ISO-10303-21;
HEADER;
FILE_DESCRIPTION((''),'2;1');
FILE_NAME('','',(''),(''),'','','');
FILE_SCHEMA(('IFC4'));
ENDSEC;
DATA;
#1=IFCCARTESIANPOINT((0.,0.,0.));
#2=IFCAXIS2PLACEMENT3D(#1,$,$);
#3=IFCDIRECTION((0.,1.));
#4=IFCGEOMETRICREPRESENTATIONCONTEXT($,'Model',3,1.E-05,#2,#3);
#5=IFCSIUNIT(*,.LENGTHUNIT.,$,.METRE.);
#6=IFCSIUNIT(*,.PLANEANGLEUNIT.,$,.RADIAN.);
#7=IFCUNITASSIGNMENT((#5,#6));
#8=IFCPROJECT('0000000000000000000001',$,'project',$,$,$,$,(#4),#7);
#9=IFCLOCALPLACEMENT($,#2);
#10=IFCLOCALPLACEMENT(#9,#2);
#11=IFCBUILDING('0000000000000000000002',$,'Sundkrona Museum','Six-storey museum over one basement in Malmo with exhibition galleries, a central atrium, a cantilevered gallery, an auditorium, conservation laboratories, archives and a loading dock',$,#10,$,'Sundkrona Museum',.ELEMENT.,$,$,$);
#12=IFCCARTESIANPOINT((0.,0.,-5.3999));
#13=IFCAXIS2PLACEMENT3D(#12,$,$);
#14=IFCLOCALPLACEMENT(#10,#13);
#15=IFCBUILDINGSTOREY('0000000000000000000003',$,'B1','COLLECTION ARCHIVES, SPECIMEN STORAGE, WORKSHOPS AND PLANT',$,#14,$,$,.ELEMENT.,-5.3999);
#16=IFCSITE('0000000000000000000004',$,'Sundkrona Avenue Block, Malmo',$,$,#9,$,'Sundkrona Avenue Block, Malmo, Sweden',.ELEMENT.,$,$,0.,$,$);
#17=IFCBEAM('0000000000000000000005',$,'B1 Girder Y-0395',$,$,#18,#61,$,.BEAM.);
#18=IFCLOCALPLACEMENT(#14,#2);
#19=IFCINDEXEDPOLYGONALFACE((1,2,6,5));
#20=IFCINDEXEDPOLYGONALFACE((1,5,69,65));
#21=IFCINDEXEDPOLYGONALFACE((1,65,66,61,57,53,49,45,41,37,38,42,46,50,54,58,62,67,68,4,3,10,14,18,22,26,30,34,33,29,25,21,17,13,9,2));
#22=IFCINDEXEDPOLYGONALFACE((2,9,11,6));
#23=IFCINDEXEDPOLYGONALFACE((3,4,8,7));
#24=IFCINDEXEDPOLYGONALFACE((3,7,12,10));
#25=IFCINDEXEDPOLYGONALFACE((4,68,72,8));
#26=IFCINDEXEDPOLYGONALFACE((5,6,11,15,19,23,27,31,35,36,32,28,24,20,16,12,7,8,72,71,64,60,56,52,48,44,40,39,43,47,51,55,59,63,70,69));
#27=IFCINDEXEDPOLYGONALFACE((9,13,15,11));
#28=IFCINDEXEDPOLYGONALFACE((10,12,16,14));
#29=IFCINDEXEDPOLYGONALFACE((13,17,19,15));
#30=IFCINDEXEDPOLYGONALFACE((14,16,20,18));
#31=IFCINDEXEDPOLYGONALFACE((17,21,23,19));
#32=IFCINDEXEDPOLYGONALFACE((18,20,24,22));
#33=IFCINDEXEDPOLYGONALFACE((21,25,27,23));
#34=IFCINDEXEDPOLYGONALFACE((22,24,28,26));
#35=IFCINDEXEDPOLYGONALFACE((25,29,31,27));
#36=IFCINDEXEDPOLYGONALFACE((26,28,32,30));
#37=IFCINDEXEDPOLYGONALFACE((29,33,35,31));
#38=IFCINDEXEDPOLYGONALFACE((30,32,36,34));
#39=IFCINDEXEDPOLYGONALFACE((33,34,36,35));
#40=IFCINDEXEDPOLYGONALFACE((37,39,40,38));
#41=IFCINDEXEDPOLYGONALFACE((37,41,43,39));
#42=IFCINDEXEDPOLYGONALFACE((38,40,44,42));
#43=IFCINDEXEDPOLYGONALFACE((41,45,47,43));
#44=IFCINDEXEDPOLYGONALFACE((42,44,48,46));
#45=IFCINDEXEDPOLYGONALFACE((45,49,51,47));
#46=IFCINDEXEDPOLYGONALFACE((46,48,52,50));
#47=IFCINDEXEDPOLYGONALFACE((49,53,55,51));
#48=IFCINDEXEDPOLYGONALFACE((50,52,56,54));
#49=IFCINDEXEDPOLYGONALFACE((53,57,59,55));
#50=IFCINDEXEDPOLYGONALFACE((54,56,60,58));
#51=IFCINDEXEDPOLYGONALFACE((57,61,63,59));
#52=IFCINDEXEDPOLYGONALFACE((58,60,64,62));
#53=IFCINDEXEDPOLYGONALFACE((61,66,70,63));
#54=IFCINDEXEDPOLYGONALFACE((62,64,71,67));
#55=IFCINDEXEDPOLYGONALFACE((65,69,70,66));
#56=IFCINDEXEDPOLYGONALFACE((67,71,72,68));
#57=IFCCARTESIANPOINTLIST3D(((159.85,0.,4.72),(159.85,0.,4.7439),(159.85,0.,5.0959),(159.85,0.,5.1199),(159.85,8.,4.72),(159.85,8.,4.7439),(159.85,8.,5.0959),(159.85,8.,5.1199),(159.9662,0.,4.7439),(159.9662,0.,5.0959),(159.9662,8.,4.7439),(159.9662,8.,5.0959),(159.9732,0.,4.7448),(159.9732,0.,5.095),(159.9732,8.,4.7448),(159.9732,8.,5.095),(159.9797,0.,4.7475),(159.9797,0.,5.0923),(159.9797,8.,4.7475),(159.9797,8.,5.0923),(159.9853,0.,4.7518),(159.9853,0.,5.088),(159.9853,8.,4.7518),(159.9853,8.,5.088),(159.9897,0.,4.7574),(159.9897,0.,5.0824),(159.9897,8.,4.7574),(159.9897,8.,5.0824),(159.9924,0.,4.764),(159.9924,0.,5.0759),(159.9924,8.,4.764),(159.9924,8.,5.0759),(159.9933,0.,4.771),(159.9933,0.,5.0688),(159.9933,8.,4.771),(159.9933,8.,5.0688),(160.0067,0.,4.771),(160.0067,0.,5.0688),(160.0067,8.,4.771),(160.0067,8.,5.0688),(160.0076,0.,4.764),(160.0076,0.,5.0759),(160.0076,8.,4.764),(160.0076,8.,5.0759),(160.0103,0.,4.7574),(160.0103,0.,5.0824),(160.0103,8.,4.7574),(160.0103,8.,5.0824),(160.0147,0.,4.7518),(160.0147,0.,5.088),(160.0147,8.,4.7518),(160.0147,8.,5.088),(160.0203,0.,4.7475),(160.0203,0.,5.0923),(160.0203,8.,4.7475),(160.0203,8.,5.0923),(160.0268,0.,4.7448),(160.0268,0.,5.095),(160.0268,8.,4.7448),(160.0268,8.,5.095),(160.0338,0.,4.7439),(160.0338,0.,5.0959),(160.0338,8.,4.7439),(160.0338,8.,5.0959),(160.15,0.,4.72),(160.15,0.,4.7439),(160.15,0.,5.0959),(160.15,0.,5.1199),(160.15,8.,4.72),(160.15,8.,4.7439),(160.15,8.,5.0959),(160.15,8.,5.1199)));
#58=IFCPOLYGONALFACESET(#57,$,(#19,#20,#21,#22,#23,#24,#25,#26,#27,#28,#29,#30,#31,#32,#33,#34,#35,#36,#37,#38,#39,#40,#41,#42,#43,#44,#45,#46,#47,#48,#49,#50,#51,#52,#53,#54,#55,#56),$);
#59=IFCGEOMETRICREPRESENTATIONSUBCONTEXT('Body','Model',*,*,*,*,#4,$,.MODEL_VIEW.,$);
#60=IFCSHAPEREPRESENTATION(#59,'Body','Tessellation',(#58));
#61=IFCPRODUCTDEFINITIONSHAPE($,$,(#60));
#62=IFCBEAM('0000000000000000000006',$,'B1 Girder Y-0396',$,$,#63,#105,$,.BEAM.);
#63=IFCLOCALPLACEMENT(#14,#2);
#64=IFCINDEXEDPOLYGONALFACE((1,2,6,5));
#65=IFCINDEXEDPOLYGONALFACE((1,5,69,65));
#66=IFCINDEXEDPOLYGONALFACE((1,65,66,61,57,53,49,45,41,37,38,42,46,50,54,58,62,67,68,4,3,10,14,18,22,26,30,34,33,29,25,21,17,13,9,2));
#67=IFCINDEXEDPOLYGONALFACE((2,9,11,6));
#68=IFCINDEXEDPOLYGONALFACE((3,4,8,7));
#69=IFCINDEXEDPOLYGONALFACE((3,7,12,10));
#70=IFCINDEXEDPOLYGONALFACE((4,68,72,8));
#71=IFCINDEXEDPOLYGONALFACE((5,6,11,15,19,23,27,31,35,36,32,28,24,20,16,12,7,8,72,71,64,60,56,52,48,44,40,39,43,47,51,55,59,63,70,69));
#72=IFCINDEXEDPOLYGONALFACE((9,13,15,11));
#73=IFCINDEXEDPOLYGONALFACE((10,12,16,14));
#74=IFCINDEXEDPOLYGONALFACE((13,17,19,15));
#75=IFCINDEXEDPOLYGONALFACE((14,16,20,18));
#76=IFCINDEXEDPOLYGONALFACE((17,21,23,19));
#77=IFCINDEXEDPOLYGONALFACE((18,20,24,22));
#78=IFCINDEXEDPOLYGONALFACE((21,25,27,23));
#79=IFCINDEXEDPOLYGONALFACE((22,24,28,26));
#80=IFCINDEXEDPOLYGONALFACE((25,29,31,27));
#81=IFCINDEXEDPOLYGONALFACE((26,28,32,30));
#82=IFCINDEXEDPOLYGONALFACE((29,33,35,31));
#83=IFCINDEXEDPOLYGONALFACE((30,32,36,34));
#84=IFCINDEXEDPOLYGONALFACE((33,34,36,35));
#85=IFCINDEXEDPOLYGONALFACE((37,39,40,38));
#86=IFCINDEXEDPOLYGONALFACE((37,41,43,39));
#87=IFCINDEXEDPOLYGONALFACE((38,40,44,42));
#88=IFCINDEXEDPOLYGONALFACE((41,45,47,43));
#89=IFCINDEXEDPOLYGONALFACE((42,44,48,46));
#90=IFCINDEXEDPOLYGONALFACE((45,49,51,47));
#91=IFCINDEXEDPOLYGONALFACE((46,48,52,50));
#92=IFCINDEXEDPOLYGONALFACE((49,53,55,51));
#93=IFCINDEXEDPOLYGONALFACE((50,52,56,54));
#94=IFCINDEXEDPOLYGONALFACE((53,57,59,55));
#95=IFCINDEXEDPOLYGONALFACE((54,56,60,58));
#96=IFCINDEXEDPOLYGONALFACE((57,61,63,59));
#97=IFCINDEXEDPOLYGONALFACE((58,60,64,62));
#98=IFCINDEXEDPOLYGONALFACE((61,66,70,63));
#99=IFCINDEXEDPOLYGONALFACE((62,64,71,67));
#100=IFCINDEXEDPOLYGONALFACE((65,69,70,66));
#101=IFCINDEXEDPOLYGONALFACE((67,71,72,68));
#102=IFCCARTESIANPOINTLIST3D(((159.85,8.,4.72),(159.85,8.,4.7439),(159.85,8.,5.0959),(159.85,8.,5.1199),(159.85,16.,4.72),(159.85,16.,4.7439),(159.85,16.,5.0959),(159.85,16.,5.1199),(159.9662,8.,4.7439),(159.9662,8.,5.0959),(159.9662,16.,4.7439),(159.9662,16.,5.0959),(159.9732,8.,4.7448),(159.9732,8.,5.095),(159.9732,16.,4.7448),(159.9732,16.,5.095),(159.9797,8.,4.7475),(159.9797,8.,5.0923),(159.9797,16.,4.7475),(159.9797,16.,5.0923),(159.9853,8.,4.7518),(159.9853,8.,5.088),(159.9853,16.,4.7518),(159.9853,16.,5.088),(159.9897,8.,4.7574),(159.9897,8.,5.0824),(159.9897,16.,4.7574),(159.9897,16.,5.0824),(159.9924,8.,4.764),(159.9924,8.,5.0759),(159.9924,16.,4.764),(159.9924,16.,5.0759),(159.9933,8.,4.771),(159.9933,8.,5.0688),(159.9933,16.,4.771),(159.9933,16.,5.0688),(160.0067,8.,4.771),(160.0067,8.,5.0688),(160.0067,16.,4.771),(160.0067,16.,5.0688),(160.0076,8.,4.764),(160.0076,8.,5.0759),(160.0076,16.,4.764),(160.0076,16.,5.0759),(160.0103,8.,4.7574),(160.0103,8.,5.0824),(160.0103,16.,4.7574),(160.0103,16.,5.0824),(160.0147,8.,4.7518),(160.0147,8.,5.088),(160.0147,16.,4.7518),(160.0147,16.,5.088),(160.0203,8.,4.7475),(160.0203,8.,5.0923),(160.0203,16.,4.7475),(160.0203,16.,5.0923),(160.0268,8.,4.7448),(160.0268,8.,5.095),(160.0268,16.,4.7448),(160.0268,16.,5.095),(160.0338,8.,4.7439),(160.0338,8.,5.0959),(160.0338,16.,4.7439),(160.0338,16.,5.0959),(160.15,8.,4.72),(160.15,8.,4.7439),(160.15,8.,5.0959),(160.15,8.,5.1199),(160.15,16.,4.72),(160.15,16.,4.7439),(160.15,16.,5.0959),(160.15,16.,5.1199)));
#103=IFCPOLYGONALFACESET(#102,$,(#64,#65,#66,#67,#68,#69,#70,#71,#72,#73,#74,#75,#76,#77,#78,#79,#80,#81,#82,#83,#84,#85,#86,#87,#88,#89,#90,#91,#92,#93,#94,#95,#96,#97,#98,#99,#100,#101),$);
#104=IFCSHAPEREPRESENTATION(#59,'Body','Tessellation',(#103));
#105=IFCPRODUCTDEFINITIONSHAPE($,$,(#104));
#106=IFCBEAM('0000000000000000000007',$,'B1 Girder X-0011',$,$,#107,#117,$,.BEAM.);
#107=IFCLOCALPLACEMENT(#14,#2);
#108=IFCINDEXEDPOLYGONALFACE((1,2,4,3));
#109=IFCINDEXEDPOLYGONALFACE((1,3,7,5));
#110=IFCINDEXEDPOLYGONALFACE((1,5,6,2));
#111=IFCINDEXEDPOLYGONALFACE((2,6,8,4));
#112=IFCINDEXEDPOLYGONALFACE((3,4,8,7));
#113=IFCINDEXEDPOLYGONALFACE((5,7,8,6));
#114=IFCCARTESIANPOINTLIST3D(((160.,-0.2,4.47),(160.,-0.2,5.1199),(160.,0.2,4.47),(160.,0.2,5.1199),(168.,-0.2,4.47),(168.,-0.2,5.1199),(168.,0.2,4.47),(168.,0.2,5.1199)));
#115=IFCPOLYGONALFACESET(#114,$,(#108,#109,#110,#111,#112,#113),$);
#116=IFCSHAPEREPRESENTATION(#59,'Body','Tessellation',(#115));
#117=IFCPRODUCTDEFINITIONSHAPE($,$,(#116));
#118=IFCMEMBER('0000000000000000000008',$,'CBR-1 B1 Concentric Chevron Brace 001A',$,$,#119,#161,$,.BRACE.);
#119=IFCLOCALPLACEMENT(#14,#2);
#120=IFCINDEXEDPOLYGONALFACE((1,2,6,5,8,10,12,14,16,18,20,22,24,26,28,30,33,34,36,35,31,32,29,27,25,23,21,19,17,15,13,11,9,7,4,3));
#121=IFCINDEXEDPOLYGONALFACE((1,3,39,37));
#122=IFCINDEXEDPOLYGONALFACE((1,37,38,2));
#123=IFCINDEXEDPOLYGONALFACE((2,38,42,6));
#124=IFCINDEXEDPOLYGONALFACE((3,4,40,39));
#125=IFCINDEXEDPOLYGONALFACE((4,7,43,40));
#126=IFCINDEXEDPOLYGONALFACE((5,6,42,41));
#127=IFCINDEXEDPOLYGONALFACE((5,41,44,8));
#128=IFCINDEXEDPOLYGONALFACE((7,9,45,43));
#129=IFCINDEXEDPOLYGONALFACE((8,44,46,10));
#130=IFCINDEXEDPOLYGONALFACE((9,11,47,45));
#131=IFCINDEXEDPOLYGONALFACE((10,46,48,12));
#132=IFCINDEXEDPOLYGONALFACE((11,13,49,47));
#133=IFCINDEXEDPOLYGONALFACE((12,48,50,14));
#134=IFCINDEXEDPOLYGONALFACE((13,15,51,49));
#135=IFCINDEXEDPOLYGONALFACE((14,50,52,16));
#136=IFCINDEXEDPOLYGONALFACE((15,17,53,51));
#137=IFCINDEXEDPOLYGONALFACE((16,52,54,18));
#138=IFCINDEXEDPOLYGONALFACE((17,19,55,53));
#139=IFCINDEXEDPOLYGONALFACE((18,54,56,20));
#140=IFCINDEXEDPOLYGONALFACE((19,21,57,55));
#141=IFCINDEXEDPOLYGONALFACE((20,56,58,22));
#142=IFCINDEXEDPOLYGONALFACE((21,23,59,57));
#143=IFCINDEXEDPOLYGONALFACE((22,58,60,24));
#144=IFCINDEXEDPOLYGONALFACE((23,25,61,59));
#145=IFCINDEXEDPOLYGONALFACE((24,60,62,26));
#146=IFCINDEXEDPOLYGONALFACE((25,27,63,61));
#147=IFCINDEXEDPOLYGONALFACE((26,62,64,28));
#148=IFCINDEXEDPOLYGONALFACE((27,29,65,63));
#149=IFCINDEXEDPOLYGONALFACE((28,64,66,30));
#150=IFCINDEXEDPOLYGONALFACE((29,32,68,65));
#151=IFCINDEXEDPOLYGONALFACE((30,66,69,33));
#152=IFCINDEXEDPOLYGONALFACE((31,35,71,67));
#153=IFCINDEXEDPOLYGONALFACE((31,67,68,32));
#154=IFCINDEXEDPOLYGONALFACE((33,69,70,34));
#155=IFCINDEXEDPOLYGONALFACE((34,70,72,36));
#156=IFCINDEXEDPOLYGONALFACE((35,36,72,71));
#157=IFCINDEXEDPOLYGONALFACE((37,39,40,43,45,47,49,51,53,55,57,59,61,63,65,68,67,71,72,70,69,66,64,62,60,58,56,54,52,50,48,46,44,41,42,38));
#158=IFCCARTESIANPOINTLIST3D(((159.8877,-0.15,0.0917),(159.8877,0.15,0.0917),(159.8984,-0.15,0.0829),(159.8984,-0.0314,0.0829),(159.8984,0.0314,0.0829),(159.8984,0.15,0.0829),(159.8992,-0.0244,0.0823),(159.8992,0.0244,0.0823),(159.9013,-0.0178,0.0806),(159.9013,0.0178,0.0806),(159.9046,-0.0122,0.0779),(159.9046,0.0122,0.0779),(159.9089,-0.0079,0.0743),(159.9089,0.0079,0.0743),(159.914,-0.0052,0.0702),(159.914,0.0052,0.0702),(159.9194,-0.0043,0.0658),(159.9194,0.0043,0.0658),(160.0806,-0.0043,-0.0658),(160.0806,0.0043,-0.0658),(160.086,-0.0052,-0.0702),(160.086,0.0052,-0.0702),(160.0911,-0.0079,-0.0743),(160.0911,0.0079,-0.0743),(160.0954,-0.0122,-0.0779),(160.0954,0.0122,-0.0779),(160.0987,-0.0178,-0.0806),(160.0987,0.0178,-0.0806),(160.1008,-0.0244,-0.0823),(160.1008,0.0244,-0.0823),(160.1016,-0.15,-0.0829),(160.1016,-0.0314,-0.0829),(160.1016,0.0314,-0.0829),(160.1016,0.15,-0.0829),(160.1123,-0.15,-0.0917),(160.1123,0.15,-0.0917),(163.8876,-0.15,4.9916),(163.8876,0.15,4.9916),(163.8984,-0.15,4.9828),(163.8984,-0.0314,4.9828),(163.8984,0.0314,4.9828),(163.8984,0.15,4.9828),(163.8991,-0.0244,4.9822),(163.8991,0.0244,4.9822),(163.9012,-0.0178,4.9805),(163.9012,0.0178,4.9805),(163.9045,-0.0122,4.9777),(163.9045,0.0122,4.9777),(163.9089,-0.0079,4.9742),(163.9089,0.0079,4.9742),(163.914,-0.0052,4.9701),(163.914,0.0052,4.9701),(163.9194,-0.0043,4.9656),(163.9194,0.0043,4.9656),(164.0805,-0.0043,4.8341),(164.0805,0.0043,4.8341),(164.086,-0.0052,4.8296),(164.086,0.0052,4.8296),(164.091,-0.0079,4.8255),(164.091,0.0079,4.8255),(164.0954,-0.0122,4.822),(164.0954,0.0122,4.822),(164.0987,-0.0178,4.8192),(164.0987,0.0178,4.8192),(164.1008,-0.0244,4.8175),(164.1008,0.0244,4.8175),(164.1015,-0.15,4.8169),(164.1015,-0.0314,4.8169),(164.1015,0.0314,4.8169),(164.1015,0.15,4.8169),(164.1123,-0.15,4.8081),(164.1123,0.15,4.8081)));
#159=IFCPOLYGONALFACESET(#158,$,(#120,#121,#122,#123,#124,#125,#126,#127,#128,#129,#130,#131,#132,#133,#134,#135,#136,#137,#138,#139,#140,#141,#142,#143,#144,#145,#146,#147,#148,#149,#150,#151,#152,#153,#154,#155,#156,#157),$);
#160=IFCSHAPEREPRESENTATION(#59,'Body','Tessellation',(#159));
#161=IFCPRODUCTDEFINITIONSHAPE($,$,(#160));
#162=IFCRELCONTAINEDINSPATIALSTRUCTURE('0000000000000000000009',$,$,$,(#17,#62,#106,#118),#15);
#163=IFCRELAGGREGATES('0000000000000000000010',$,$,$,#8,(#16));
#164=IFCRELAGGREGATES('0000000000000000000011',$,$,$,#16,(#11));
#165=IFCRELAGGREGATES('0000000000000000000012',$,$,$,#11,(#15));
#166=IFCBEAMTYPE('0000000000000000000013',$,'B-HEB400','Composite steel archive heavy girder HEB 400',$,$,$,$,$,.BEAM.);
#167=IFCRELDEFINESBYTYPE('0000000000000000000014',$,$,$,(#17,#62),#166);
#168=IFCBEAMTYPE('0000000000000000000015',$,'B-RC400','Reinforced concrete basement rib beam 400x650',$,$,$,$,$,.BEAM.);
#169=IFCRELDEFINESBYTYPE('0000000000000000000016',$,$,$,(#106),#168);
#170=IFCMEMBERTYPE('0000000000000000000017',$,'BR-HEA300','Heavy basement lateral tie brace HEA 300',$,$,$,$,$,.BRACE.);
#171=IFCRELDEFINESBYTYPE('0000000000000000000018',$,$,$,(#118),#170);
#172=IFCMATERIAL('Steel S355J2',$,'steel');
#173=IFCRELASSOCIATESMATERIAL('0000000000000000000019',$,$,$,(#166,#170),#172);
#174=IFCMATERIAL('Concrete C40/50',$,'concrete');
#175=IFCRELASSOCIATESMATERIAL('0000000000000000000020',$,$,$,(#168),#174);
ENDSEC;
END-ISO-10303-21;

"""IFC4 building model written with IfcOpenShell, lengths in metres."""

from ifc_helpers import new_model, si_unit, direction, frame, origin, origin_2d, place, context, subcontext, project, spatial, rectangle, i_section, extrude, material, material_profile, profile_set, type_object, element, save


model = new_model("IFC4")

# Units and contexts
model_context = context("Model", 3, precision=1e-05, world=origin(), true_north=direction((0.0, 1.0)))
body_context = subcontext(model_context, "Body", "Model", "MODEL_VIEW")
ifc_project = project(units=[si_unit("LENGTHUNIT", "METRE"), si_unit("PLANEANGLEUNIT", "RADIAN")], contexts=[model_context])

# Site, building, storey
site_placement = place(None, origin())
site = spatial("IfcSite", under=ifc_project, at=site_placement, Name="Sundkrona Avenue Block, Malmo", LongName="Sundkrona Avenue Block, Malmo, Sweden", CompositionType="ELEMENT", RefElevation=0.0)
building_placement = place(site_placement, origin())
building = spatial("IfcBuilding", under=site, at=building_placement, Name="Sundkrona Museum", Description="Six-storey museum over one basement in Malmo with exhibition galleries, a central atrium, a cantilevered gallery, an auditorium, conservation laboratories, archives and a loading dock", LongName="Sundkrona Museum", CompositionType="ELEMENT")
storey_placement = place(building_placement, frame((0.0, 0.0, -5.3999)))
storey = spatial("IfcBuildingStorey", under=building, at=storey_placement, Name="B1", Description="COLLECTION ARCHIVES, SPECIMEN STORAGE, WORKSHOPS AND PLANT", CompositionType="ELEMENT", Elevation=-5.3999)

# Shared definitions
ifc_material_1 = material(Name="Concrete C40/50", Category="concrete")

# Beams
ifc_material_2 = material(Name="Steel S355J2", Category="steel")
ifc_material_profile_1 = material_profile(ifc_material_2, i_section(OverallWidth=0.3, OverallDepth=0.3999, WebThickness=0.0134, FlangeThickness=0.0239, FilletRadius=0.0271, at=origin_2d()), Name="HEB 400")
ifc_profile_set_1 = profile_set([ifc_material_profile_1], Name="Steel S355J2")
beam_type_1 = type_object("IfcBeamType", Name="B-HEB400", Description="Composite steel archive heavy girder HEB 400", PredefinedType="BEAM", material=ifc_profile_set_1)
for number, where, z_axis, x_axis, name in (
    (1, (160.0, 0.0, 4.9199), (0.0, 1.0, 0.0), (-1.0, 0.0, 0.0), "B1 Girder Y-0395"),
    (2, (160.0, 8.0, 4.9199), (0.0, 1.0, 0.0), (-1.0, 0.0, 0.0), "B1 Girder Y-0396"),
):
    element("IfcBeam", number, at=place(storey_placement, frame(where, z_axis=z_axis, x_axis=x_axis)), inside=storey, type_object=beam_type_1, Name=name, PredefinedType="BEAM", context=body_context, shape_type="SweptSolid", body=[
        extrude(i_section(OverallWidth=0.3, OverallDepth=0.3999, WebThickness=0.0134, FlangeThickness=0.0239, FilletRadius=0.0271, at=origin_2d()), origin(), (0.0, 0.0, 1.0), 8.0),
    ])
ifc_material_profile_2 = material_profile(ifc_material_1, rectangle(XDim=0.3999, YDim=0.6499, at=origin_2d()), Name="RCB 400x650")
ifc_profile_set_2 = profile_set([ifc_material_profile_2], Name="Concrete C40/50")
beam_type_2 = type_object("IfcBeamType", Name="B-RC400", Description="Reinforced concrete basement rib beam 400x650", PredefinedType="BEAM", material=ifc_profile_set_2)
beam_1_placement = place(storey_placement, frame((160.0, 0.0, 4.7949), z_axis=(1.0, 0.0, 0.0), x_axis=(0.0, 1.0, 0.0)))
element("IfcBeam", 3, at=beam_1_placement, inside=storey, type_object=beam_type_2, Name="B1 Girder X-0011", PredefinedType="BEAM", context=body_context, shape_type="SweptSolid", body=[
    extrude(rectangle(XDim=0.3999, YDim=0.6499, at=origin_2d()), origin(), (0.0, 0.0, 1.0), 8.0),
])

# Member
ifc_material_profile_3 = material_profile(ifc_material_2, i_section(OverallWidth=0.3, OverallDepth=0.29, WebThickness=0.0085, FlangeThickness=0.0139, FilletRadius=0.0271, at=origin_2d()), Name="HEA 300")
ifc_profile_set_3 = profile_set([ifc_material_profile_3], Name="Steel S355J2")
member_type = type_object("IfcMemberType", Name="BR-HEA300", Description="Heavy basement lateral tie brace HEA 300", PredefinedType="BRACE", material=ifc_profile_set_3)
member_placement = place(storey_placement, frame((160.0, 0.0, 0.0), z_axis=(0.632384, 0.0, 0.774655), x_axis=(0.0, 1.0, 0.0)))
element("IfcMember", 4, at=member_placement, inside=storey, type_object=member_type, Name="CBR-1 B1 Concentric Chevron Brace 001A", PredefinedType="BRACE", context=body_context, shape_type="SweptSolid", body=[
    extrude(i_section(OverallWidth=0.3, OverallDepth=0.29, WebThickness=0.0085, FlangeThickness=0.0139, FilletRadius=0.0271, at=origin_2d()), origin(), (0.0, 0.0, 1.0), 6.3252),
])

save(model, "model.ifc")
